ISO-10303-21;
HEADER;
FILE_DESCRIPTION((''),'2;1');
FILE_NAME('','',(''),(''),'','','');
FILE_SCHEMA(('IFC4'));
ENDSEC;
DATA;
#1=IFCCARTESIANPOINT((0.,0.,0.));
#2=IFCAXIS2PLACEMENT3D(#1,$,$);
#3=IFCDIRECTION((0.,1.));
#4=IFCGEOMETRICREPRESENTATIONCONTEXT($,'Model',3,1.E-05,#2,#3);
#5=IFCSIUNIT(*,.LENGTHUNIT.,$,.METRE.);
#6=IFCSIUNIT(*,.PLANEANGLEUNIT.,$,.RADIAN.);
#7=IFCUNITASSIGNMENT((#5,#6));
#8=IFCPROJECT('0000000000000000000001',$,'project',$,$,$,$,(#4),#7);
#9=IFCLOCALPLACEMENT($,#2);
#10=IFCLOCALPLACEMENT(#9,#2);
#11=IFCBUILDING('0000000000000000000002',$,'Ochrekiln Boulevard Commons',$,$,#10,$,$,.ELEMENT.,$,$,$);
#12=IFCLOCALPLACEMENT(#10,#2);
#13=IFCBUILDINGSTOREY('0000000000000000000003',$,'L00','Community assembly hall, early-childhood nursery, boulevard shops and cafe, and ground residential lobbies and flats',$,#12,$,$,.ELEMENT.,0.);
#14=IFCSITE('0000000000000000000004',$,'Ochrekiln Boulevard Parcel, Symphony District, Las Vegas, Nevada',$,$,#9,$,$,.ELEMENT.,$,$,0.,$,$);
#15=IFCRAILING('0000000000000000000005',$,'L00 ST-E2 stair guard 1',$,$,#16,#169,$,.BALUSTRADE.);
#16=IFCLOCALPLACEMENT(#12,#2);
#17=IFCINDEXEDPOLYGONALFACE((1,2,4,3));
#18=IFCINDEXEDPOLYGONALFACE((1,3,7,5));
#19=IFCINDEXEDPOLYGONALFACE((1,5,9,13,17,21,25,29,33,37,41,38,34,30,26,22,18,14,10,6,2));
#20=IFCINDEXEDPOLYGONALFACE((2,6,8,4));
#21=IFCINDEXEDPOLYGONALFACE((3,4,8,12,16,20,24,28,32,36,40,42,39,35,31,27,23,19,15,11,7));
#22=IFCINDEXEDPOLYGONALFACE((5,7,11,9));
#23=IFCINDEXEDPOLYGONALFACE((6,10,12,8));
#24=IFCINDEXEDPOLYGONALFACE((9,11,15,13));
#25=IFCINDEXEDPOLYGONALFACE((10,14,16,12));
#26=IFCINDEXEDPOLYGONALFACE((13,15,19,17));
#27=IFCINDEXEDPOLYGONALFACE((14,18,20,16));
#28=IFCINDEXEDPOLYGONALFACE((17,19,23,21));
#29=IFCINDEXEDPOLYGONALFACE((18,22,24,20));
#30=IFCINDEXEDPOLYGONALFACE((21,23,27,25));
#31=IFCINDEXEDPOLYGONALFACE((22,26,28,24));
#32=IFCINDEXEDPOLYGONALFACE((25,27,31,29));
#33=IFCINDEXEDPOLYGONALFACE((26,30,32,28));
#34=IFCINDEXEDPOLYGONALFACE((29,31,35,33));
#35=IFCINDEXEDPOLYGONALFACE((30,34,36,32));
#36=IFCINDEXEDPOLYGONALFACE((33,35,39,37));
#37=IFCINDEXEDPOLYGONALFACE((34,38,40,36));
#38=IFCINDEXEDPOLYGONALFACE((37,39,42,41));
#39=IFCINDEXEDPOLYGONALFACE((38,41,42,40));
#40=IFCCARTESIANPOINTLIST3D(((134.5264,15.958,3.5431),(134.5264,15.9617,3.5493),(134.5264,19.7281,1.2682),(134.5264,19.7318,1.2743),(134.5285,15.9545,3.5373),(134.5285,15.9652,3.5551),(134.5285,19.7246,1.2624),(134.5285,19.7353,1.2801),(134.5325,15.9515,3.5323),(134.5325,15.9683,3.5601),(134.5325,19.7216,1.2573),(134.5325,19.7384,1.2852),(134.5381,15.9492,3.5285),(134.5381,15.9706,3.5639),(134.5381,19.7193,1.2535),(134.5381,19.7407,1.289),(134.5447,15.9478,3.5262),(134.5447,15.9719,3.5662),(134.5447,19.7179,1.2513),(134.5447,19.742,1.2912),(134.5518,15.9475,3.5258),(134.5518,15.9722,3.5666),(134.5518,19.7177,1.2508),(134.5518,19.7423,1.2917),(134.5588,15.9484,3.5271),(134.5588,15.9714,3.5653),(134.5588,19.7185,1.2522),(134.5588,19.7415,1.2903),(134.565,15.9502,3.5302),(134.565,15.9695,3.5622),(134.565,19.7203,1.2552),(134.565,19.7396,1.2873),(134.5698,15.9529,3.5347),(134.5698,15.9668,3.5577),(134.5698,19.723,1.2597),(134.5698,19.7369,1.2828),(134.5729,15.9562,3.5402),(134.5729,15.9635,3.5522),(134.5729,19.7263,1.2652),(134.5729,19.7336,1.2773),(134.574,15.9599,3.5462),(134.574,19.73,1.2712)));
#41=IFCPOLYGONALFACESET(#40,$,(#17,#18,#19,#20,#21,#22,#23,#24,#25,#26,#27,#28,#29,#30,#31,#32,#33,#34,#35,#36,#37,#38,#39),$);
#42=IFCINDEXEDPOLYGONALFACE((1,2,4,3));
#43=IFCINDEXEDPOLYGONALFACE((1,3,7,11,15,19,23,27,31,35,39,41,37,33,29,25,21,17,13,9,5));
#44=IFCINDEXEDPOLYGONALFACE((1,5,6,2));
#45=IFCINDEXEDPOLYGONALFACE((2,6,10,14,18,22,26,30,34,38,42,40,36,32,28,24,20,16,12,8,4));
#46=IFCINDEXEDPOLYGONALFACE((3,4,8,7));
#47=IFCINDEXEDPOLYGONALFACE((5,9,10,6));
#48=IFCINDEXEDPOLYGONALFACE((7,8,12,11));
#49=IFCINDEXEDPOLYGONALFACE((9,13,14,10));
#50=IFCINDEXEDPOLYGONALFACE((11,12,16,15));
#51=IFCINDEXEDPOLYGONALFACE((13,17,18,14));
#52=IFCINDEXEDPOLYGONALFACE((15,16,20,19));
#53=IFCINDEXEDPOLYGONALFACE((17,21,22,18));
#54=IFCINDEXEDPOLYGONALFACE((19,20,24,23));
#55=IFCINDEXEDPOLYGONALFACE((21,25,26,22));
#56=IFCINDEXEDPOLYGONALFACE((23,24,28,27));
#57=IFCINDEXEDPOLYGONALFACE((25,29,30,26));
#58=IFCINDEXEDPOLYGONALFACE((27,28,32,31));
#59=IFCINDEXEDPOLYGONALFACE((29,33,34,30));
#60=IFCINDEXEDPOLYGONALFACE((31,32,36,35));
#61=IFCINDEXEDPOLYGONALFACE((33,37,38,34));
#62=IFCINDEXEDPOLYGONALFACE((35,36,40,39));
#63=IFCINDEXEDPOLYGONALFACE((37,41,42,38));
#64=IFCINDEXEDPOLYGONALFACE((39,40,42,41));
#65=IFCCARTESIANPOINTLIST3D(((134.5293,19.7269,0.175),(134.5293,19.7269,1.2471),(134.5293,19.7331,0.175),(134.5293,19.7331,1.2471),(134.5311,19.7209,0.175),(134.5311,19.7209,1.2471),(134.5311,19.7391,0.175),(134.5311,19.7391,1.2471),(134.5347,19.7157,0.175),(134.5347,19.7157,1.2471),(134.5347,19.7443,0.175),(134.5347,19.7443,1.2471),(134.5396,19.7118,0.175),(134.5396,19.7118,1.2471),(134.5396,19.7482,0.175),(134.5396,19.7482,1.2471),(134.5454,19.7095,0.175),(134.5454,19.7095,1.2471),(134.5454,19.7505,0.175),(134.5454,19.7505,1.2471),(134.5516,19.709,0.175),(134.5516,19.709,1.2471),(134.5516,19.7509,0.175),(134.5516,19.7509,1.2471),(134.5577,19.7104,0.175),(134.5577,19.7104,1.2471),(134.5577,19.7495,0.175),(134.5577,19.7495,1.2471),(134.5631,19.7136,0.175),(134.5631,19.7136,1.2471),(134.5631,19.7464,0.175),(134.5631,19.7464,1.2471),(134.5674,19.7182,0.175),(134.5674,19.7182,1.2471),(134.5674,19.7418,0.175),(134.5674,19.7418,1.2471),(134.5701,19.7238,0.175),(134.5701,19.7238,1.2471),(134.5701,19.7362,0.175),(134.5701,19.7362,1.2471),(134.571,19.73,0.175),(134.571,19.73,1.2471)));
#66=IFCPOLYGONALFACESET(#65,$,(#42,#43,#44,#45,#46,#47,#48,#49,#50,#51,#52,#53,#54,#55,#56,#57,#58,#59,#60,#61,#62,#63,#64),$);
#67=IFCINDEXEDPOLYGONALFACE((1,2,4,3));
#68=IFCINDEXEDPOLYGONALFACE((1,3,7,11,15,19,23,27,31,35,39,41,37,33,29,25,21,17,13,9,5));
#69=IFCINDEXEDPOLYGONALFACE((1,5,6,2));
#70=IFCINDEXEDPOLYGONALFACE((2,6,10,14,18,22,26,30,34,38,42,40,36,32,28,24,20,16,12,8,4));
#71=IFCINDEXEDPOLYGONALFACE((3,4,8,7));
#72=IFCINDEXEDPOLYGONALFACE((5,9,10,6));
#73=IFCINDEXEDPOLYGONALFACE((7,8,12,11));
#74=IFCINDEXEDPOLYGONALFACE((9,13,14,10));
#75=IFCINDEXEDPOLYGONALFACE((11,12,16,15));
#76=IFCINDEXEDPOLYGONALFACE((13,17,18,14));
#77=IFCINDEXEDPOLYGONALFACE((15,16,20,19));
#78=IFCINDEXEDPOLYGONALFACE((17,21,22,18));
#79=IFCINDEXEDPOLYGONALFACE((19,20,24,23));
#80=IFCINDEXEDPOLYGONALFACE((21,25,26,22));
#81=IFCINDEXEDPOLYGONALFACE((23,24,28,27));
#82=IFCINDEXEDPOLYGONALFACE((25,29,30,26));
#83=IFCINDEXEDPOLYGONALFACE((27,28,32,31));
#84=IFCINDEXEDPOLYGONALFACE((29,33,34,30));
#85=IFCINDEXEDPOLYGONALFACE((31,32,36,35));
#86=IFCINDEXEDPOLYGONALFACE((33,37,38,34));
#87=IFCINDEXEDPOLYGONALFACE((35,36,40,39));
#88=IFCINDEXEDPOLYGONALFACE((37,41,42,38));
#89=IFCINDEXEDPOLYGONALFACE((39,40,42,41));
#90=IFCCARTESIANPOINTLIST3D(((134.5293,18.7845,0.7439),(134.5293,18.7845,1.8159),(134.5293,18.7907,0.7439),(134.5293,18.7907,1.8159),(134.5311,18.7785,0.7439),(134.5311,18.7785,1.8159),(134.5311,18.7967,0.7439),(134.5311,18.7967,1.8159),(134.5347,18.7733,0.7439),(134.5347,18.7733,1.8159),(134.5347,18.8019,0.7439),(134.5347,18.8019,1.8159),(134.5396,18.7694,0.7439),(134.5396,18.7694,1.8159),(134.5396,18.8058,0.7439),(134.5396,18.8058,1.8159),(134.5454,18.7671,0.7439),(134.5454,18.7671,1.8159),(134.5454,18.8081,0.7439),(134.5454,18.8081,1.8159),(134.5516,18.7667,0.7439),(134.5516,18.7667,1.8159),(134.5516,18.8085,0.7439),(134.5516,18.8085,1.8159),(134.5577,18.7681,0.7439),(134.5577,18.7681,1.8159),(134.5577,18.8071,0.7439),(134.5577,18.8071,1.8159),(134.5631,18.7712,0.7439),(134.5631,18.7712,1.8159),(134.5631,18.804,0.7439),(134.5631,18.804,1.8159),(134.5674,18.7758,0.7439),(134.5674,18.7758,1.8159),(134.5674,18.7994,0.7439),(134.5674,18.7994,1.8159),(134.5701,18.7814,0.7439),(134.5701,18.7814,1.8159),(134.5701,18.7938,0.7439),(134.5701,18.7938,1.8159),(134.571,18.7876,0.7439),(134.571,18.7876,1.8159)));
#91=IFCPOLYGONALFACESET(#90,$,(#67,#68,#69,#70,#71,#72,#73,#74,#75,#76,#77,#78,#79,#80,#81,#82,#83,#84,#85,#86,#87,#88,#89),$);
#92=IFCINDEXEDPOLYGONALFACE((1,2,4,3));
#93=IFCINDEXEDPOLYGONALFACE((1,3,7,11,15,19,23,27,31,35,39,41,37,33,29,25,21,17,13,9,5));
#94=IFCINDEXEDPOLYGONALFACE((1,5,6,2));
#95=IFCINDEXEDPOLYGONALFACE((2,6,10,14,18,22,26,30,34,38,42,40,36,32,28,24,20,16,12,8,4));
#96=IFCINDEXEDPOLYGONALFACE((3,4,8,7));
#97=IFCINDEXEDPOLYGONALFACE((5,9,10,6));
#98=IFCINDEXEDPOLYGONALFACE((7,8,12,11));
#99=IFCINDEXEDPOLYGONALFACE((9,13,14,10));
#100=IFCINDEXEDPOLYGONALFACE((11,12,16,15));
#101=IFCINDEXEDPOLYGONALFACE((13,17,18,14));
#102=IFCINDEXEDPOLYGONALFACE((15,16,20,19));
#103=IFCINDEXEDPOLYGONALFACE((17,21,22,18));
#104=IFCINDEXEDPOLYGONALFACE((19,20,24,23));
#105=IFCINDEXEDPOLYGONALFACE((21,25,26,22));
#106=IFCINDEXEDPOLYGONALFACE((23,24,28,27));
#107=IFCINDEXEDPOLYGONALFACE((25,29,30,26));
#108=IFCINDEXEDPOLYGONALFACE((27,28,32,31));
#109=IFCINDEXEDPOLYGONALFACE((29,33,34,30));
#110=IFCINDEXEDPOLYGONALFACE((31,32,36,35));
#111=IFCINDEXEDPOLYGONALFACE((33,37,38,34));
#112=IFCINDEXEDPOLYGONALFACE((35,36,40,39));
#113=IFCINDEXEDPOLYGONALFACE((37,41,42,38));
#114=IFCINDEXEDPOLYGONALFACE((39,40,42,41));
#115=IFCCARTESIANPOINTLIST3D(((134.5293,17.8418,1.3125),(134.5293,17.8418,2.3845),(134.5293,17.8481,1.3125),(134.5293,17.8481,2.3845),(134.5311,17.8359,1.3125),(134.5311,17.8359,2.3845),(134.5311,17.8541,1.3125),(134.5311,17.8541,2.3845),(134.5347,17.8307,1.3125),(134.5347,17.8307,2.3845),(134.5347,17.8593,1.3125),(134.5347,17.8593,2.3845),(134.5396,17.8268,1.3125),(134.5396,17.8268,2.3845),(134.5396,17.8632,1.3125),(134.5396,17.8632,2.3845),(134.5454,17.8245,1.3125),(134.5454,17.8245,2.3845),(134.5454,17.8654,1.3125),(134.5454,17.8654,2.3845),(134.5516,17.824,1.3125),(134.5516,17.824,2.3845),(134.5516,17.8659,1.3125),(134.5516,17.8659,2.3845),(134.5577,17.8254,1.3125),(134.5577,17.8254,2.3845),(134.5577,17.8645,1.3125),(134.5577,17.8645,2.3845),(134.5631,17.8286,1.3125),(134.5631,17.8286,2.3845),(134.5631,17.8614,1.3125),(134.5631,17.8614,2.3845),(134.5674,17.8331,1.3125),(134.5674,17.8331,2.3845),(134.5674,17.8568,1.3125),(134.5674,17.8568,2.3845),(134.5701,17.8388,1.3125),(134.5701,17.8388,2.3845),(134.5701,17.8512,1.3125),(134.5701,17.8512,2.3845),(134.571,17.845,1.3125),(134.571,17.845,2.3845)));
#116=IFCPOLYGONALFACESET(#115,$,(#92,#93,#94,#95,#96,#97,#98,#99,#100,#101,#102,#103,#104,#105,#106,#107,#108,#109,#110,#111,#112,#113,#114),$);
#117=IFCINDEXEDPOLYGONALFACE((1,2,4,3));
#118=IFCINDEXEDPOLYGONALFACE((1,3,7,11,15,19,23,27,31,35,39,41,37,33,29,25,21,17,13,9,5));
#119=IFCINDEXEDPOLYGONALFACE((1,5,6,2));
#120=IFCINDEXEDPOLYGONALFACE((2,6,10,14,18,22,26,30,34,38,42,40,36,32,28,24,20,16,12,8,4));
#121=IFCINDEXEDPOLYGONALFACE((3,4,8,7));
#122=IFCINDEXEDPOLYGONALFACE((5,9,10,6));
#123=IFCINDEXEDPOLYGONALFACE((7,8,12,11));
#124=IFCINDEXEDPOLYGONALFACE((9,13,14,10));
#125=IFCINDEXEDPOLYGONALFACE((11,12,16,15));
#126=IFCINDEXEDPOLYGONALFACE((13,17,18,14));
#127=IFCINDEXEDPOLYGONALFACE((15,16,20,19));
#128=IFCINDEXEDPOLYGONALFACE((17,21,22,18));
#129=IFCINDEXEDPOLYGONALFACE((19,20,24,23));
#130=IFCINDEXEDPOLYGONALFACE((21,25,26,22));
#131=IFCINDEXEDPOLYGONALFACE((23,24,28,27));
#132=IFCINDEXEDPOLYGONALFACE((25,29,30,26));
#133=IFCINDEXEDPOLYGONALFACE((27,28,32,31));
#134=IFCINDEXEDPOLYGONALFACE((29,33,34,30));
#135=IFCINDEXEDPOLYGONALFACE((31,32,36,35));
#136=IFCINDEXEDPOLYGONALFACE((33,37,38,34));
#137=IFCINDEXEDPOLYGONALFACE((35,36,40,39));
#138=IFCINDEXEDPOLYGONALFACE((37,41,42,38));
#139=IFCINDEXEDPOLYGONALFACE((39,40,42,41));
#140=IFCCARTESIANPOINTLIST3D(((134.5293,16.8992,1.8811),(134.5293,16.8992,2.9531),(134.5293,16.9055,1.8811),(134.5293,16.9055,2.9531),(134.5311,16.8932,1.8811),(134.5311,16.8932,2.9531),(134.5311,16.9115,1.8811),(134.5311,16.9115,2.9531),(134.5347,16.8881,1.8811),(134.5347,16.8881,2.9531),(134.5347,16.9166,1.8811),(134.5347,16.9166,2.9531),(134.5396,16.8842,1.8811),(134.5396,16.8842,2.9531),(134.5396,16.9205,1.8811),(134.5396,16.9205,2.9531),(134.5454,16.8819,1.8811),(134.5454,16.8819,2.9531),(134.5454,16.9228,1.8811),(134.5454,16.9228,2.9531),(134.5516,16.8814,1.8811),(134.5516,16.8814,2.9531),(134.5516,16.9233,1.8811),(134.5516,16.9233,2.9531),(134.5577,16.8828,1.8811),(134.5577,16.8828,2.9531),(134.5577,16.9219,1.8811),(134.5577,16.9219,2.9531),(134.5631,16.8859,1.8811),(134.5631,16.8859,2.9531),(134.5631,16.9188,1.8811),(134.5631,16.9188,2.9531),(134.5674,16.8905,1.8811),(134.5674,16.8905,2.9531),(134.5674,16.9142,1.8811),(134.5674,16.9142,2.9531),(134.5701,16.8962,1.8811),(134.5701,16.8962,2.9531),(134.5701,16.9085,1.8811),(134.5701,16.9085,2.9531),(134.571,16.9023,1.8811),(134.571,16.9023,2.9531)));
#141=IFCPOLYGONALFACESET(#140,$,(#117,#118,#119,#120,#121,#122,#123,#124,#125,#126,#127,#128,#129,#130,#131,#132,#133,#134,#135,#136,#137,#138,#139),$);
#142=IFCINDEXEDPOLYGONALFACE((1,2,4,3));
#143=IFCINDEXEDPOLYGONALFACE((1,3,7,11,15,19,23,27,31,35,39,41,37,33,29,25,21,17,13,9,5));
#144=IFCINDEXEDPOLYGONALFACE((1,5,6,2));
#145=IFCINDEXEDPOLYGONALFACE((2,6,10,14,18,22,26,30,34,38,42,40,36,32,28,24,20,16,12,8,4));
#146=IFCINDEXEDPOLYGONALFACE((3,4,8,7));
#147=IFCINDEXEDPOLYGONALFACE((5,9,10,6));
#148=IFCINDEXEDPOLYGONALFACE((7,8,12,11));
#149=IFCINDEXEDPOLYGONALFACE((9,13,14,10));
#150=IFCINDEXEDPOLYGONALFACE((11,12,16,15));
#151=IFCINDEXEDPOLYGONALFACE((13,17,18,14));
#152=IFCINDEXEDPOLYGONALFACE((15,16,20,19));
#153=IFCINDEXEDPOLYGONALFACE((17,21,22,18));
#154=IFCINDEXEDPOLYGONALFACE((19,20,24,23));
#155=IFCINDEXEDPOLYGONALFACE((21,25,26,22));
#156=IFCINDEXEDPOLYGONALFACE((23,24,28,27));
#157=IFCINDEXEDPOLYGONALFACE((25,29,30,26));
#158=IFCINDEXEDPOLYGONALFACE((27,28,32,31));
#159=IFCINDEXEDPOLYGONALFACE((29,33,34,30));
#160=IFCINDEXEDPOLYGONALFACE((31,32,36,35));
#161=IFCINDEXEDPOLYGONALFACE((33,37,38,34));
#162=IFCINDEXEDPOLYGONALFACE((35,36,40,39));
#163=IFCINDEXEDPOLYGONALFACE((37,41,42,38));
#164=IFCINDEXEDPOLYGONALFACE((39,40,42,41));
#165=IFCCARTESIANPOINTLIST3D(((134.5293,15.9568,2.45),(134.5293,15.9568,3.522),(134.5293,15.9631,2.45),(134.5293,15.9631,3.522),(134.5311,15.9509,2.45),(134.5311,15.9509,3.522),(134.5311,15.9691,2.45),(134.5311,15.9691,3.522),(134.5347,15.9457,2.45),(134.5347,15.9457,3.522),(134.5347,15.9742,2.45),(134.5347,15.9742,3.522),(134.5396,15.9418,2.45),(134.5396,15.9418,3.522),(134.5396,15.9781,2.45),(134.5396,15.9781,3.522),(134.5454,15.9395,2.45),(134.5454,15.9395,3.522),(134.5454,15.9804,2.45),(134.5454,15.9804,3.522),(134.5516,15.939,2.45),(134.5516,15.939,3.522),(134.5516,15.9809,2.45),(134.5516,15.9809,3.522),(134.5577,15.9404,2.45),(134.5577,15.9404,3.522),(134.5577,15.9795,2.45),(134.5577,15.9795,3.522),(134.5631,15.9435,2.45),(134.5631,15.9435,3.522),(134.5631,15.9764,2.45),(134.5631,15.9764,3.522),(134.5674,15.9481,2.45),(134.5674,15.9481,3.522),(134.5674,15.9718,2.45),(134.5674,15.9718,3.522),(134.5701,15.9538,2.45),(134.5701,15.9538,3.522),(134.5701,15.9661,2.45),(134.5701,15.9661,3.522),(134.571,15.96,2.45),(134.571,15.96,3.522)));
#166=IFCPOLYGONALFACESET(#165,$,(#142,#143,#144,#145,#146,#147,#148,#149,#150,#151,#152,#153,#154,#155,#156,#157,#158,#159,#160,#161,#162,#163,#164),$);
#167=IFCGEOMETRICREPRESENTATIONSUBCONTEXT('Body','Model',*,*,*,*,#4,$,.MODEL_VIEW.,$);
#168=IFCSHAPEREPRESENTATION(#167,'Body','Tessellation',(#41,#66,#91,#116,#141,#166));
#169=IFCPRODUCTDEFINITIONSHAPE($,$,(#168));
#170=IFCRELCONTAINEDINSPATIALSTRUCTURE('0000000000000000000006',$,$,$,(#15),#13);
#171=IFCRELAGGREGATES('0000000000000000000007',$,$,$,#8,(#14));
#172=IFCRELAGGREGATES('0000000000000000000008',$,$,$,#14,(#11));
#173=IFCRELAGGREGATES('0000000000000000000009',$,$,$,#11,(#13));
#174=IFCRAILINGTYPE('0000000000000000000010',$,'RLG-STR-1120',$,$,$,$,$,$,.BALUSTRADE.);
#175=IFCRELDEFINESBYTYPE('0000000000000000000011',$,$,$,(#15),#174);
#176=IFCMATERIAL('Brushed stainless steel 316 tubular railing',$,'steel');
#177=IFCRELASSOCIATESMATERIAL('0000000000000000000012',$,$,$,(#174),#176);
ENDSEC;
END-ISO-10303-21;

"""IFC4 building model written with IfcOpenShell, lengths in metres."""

from ifc_helpers import new_model, si_unit, direction, frame, origin, origin_2d, place, context, subcontext, project, spatial, circle, extrude, material, type_object, element, save


model = new_model("IFC4")

# Units and contexts
model_context = context("Model", 3, precision=1e-05, world=origin(), true_north=direction((0.0, 1.0)))
body_context = subcontext(model_context, "Body", "Model", "MODEL_VIEW")
ifc_project = project(units=[si_unit("LENGTHUNIT", "METRE"), si_unit("PLANEANGLEUNIT", "RADIAN")], contexts=[model_context])

# Site, building, storey
site_placement = place(None, origin())
site = spatial("IfcSite", under=ifc_project, at=site_placement, Name="Ochrekiln Boulevard Parcel, Symphony District, Las Vegas, Nevada", CompositionType="ELEMENT", RefElevation=0.0)
building_placement = place(site_placement, origin())
building = spatial("IfcBuilding", under=site, at=building_placement, Name="Ochrekiln Boulevard Commons", CompositionType="ELEMENT")
storey_placement = place(building_placement, origin())
storey = spatial("IfcBuildingStorey", under=building, at=storey_placement, Name="L00", Description="Community assembly hall, early-childhood nursery, boulevard shops and cafe, and ground residential lobbies and flats", CompositionType="ELEMENT", Elevation=0.0)

# Railing
ifc_material_1 = material(Name="Brushed stainless steel 316 tubular railing", Category="steel")
railing_type_1 = type_object("IfcRailingType", Name="RLG-STR-1120", PredefinedType="BALUSTRADE", material=ifc_material_1)
railing_1_placement = place(storey_placement, frame((134.55, 19.73, 0.175)))
element("IfcRailing", 1, at=railing_1_placement, inside=storey, type_object=railing_type_1, Name="L00 ST-E2 stair guard 1", PredefinedType="BALUSTRADE", context=body_context, shape_type="SweptSolid", body=[
    extrude(circle(Radius=0.0239, at=origin_2d()), frame((0.0, 0.0, 1.0962), z_axis=(0.0, -0.856199, 0.516647), x_axis=(1.0, 0.0, 0.0)), (0.0, 0.0, 1.0), 4.4033),
    extrude(circle(Radius=0.021, at=origin_2d()), origin(), (0.0, 0.0, 1.0), 1.072),
    extrude(circle(Radius=0.021, at=origin_2d()), frame((0.0, -0.9424, 0.5688)), (0.0, 0.0, 1.0), 1.072),
    extrude(circle(Radius=0.021, at=origin_2d()), frame((0.0, -1.885, 1.1375)), (0.0, 0.0, 1.0), 1.072),
    extrude(circle(Radius=0.021, at=origin_2d()), frame((0.0, -2.8276, 1.7061)), (0.0, 0.0, 1.0), 1.072),
    extrude(circle(Radius=0.021, at=origin_2d()), frame((0.0, -3.77, 2.2749)), (0.0, 0.0, 1.0), 1.072),
])

save(model, "model.ifc")
